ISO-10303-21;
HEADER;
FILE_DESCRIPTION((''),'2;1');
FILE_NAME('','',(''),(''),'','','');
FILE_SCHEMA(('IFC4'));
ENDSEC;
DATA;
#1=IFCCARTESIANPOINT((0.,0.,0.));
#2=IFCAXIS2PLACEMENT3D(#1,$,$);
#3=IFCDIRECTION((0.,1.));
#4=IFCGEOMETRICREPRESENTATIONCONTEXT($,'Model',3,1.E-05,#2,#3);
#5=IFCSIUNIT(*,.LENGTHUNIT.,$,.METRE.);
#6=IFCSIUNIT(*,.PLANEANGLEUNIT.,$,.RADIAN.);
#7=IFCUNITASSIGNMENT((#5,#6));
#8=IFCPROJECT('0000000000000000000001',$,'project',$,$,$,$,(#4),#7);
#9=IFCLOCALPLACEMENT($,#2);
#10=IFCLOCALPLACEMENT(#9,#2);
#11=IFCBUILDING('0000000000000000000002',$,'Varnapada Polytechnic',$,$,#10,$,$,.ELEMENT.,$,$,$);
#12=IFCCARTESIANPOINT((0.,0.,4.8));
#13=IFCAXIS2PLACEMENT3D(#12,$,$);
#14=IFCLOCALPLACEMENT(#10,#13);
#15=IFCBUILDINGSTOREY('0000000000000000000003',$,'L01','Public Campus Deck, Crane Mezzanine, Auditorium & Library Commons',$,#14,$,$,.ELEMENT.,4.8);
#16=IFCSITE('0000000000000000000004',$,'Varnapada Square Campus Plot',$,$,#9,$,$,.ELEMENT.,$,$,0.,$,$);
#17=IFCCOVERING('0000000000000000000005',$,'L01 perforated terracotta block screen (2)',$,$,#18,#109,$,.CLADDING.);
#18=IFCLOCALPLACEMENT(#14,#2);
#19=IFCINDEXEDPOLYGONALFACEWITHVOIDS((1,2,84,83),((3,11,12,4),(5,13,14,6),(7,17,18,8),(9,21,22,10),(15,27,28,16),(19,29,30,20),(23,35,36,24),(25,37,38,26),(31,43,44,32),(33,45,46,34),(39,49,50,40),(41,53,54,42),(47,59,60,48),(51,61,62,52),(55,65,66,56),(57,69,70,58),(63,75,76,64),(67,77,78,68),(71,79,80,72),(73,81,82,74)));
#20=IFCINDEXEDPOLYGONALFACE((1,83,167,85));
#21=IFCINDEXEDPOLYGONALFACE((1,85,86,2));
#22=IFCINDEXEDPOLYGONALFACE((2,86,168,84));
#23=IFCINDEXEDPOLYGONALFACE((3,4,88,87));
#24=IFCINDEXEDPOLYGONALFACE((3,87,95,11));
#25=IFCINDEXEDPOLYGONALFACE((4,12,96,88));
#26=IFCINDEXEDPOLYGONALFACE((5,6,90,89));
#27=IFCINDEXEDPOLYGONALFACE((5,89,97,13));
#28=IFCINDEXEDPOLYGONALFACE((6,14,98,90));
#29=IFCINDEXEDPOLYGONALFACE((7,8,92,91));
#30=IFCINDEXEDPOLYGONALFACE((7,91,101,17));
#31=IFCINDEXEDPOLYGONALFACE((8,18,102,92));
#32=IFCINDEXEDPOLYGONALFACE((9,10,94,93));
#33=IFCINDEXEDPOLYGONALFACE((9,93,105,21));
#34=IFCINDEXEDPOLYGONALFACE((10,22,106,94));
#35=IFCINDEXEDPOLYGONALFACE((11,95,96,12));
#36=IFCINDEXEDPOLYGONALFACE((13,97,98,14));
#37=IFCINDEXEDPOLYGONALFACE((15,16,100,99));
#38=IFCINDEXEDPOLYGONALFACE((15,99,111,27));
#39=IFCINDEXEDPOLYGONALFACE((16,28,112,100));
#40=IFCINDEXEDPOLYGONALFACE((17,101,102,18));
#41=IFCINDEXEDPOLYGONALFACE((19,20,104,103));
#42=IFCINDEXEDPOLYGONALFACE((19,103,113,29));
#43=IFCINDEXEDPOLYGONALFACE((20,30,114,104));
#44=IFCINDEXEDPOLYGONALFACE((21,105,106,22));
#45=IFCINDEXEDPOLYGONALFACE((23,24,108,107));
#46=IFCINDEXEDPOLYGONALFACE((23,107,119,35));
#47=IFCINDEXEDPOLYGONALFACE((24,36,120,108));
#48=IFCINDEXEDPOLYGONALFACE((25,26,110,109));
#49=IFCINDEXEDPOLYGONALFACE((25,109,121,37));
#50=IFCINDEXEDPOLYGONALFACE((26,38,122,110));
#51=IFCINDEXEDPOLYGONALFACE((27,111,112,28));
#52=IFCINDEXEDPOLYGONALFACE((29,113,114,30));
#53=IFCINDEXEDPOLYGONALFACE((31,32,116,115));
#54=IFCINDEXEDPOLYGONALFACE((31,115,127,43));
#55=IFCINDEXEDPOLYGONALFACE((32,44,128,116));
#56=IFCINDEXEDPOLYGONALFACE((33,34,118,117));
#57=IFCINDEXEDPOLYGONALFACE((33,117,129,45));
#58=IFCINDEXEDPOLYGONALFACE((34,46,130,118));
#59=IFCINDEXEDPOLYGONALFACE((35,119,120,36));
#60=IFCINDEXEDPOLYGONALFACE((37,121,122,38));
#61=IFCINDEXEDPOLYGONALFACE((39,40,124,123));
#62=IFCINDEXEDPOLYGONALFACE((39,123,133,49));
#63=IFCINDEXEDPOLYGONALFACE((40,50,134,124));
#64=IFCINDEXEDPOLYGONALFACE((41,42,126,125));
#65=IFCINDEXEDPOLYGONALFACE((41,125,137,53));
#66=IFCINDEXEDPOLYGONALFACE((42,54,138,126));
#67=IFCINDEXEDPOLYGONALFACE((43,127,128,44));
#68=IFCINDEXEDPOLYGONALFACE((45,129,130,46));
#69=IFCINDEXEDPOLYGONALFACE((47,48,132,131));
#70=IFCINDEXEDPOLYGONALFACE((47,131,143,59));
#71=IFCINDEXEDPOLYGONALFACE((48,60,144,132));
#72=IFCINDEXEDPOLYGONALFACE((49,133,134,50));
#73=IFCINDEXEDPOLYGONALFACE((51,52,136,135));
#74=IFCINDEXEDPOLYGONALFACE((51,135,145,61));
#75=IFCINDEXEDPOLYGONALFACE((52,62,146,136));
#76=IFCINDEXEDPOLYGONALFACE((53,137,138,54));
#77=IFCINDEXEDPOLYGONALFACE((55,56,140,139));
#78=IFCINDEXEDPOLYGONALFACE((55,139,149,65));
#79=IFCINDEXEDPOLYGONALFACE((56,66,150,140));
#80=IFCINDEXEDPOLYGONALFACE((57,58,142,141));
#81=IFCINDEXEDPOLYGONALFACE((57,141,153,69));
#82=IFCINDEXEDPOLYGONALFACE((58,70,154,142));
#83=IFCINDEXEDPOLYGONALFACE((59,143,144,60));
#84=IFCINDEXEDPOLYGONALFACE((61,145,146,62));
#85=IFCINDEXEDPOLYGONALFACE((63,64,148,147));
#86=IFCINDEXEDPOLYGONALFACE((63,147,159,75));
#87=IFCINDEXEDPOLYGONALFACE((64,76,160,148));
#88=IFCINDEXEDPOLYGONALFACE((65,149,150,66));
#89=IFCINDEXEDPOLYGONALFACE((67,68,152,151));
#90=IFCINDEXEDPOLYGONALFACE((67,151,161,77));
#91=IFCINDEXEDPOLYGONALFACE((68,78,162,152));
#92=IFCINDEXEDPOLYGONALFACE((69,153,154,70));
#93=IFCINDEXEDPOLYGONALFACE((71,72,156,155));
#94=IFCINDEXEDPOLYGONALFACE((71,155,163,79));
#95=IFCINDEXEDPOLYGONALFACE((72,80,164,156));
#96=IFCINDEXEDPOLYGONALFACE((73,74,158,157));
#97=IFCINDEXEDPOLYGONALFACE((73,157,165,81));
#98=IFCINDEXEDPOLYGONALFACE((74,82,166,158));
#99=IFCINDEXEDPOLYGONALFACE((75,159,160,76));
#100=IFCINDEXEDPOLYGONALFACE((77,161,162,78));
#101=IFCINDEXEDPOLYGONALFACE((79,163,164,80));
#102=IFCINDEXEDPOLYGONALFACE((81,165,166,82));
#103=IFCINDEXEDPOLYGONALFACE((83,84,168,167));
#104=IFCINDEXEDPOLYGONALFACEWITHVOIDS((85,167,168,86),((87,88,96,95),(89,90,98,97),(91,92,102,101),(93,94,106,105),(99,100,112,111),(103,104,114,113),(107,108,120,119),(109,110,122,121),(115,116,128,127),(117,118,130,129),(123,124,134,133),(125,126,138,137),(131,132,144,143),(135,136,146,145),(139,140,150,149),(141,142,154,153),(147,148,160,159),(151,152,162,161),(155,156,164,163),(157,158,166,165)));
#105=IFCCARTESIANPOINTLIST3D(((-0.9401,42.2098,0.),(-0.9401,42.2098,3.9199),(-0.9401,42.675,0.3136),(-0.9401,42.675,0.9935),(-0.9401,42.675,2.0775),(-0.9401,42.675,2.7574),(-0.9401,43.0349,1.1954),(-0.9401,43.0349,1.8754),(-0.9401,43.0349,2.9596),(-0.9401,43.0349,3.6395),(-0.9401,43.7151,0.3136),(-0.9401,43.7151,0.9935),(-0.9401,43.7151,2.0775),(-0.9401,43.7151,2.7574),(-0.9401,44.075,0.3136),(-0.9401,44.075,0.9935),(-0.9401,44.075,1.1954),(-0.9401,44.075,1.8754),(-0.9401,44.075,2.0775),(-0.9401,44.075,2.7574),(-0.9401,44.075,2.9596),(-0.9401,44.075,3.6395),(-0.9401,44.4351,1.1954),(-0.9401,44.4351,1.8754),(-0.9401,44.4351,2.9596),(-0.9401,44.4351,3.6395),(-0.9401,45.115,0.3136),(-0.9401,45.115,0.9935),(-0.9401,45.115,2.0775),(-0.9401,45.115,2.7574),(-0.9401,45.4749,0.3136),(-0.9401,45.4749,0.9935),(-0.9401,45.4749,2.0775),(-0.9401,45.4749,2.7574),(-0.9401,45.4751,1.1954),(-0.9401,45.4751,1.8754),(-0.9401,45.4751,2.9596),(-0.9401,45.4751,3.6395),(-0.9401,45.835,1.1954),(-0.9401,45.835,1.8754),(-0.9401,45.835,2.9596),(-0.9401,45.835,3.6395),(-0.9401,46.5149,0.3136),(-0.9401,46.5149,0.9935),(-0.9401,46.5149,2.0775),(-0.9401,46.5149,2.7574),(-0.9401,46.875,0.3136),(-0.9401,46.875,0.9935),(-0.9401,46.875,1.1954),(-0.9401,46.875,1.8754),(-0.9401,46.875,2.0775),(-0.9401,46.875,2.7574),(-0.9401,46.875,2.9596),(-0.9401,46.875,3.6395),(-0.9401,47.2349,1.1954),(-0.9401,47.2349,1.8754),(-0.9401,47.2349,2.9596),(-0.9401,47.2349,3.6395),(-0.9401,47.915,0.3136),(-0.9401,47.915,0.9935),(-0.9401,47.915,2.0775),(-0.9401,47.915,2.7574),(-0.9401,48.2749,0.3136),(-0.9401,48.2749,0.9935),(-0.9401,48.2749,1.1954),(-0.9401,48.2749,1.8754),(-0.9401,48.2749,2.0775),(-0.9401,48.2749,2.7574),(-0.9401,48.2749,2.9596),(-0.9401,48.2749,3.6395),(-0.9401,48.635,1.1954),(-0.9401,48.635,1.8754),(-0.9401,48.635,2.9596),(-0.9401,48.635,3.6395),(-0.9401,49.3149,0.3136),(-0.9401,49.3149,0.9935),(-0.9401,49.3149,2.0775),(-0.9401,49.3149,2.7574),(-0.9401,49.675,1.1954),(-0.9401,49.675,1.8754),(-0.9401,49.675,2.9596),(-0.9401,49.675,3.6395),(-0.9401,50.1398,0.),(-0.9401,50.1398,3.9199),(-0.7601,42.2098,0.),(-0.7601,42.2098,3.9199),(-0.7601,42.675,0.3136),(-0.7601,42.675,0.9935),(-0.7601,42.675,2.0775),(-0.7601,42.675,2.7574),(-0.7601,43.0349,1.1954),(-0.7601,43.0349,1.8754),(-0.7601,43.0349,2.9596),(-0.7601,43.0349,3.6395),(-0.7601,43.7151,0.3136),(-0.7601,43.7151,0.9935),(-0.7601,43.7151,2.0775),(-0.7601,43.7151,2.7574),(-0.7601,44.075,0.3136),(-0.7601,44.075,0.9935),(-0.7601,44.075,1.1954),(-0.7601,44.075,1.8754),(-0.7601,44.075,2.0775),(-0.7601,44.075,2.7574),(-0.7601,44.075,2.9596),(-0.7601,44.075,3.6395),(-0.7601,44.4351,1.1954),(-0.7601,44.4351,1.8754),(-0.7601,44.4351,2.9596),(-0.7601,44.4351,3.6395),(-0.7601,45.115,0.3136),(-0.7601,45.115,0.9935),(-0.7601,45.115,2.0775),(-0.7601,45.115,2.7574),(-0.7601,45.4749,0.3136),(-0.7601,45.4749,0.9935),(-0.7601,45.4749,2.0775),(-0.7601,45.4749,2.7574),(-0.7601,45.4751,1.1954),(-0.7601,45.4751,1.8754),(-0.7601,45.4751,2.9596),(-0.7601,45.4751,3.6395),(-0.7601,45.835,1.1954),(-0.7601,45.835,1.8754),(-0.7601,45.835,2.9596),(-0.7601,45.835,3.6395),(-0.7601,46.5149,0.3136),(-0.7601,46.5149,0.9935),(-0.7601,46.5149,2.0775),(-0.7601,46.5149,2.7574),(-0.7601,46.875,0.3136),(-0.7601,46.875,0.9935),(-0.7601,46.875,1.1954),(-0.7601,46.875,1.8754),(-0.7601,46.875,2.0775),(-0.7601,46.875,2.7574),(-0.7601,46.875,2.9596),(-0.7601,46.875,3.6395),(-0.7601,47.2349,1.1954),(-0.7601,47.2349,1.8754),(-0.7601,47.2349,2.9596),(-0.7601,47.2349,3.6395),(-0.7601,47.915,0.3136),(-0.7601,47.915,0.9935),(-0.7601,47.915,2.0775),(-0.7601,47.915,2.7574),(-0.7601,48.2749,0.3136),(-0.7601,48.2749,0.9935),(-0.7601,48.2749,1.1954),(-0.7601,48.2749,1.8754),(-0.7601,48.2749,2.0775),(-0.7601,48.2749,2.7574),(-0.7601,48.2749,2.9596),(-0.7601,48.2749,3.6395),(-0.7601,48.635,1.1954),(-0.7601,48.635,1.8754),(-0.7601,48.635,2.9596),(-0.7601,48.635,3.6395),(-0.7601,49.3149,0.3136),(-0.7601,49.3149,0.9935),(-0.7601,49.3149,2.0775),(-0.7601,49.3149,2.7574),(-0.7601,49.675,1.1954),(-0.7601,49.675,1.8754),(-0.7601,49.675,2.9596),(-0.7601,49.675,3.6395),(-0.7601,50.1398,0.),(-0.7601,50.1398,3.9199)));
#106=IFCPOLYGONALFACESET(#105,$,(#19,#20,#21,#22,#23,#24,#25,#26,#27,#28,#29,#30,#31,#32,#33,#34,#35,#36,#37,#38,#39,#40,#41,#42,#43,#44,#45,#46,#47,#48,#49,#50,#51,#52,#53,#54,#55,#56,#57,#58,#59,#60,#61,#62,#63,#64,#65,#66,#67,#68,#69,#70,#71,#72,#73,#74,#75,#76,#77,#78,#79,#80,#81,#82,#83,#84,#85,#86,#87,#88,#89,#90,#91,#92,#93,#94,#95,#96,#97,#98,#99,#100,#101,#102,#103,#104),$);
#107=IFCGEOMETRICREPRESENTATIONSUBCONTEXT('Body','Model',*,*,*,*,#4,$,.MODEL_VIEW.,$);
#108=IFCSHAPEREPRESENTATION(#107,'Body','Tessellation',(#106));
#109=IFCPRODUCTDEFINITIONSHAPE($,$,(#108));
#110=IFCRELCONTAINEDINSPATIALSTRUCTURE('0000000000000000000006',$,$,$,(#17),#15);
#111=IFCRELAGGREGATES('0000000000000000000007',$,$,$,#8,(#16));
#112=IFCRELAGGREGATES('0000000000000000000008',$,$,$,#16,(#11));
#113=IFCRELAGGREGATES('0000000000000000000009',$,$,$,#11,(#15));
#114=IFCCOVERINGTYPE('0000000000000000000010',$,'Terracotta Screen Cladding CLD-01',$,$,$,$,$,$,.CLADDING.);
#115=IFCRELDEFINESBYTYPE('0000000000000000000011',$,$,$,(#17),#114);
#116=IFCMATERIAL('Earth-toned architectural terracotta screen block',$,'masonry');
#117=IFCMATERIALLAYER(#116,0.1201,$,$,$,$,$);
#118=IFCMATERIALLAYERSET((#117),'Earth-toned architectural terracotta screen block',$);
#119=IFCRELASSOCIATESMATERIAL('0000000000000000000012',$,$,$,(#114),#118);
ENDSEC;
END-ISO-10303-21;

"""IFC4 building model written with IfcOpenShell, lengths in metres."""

from ifc_helpers import new_model, si_unit, direction, frame, frame_2d, origin, place, context, subcontext, project, spatial, rectangle, extrude, material, layer, layer_set, type_object, element, save


model = new_model("IFC4")

# Units and contexts
model_context = context("Model", 3, precision=1e-05, world=origin(), true_north=direction((0.0, 1.0)))
body_context = subcontext(model_context, "Body", "Model", "MODEL_VIEW")
ifc_project = project(units=[si_unit("LENGTHUNIT", "METRE"), si_unit("PLANEANGLEUNIT", "RADIAN")], contexts=[model_context])

# Site, building, storey
site_placement = place(None, origin())
site = spatial("IfcSite", under=ifc_project, at=site_placement, Name="Varnapada Square Campus Plot", CompositionType="ELEMENT", RefElevation=0.0)
building_placement = place(site_placement, origin())
building = spatial("IfcBuilding", under=site, at=building_placement, Name="Varnapada Polytechnic", CompositionType="ELEMENT")
storey_placement = place(building_placement, frame((0.0, 0.0, 4.8)))
storey = spatial("IfcBuildingStorey", under=building, at=storey_placement, Name="L01", Description="Public Campus Deck, Crane Mezzanine, Auditorium & Library Commons", CompositionType="ELEMENT", Elevation=4.8)

# Covering, openings
ifc_material_1 = material(Name="Earth-toned architectural terracotta screen block", Category="masonry")
ifc_layer_1 = layer(ifc_material_1, 0.1201)
ifc_layer_set_1 = layer_set([ifc_layer_1], Name="Earth-toned architectural terracotta screen block")
covering_type = type_object("IfcCoveringType", Name="Terracotta Screen Cladding CLD-01", PredefinedType="CLADDING", material=ifc_layer_set_1)
covering_placement = place(storey_placement, frame((-0.8501, 42.21, 0.0), z_axis=(0.0, 0.0, 1.0), x_axis=(0.0, 1.0, 0.0)))
covering = element("IfcCovering", 1, at=covering_placement, inside=storey, type_object=covering_type, Name="L01 perforated terracotta block screen (2)", PredefinedType="CLADDING", context=body_context, shape_type="SweptSolid", body=[
    extrude(rectangle(XDim=7.9299, YDim=0.1799, at=frame_2d((3.9648, 0.0))), origin(), (0.0, 0.0, 1.0), 3.9199),
])
opening_1_placement = place(covering_placement, frame((0.4651, 0.0, 0.3137)))
element("IfcOpeningElement", 2, at=opening_1_placement, cuts=covering, PredefinedType="OPENING", context=body_context, shape_type="SweptSolid", body=[
    extrude(rectangle(XDim=1.04, YDim=0.6799, at=frame_2d((0.52, 0.3398))), frame((0.0, 0.0999, 0.0), z_axis=(0.0, -1.0, 0.0), x_axis=(1.0, 0.0, 0.0)), (0.0, 0.0, 1.0), 0.2),
])
opening_2_placement = place(covering_placement, frame((1.865, 0.0, 0.3137)))
element("IfcOpeningElement", 3, at=opening_2_placement, cuts=covering, PredefinedType="OPENING", context=body_context, shape_type="SweptSolid", body=[
    extrude(rectangle(XDim=1.04, YDim=0.6799, at=frame_2d((0.52, 0.3398))), frame((0.0, 0.0999, 0.0), z_axis=(0.0, -1.0, 0.0), x_axis=(1.0, 0.0, 0.0)), (0.0, 0.0, 1.0), 0.2),
])
opening_3_placement = place(covering_placement, frame((3.2649, 0.0, 0.3137)))
element("IfcOpeningElement", 4, at=opening_3_placement, cuts=covering, PredefinedType="OPENING", context=body_context, shape_type="SweptSolid", body=[
    extrude(rectangle(XDim=1.04, YDim=0.6799, at=frame_2d((0.52, 0.3398))), frame((0.0, 0.0999, 0.0), z_axis=(0.0, -1.0, 0.0), x_axis=(1.0, 0.0, 0.0)), (0.0, 0.0, 1.0), 0.2),
])
opening_4_placement = place(covering_placement, frame((4.665, 0.0, 0.3137)))
element("IfcOpeningElement", 5, at=opening_4_placement, cuts=covering, PredefinedType="OPENING", context=body_context, shape_type="SweptSolid", body=[
    extrude(rectangle(XDim=1.04, YDim=0.6799, at=frame_2d((0.52, 0.3398))), frame((0.0, 0.0999, 0.0), z_axis=(0.0, -1.0, 0.0), x_axis=(1.0, 0.0, 0.0)), (0.0, 0.0, 1.0), 0.2),
])
opening_5_placement = place(covering_placement, frame((6.0649, 0.0, 0.3137)))
element("IfcOpeningElement", 6, at=opening_5_placement, cuts=covering, PredefinedType="OPENING", context=body_context, shape_type="SweptSolid", body=[
    extrude(rectangle(XDim=1.04, YDim=0.6799, at=frame_2d((0.52, 0.3398))), frame((0.0, 0.0999, 0.0), z_axis=(0.0, -1.0, 0.0), x_axis=(1.0, 0.0, 0.0)), (0.0, 0.0, 1.0), 0.2),
])
opening_6_placement = place(covering_placement, frame((0.825, 0.0, 1.1956)))
element("IfcOpeningElement", 7, at=opening_6_placement, cuts=covering, PredefinedType="OPENING", context=body_context, shape_type="SweptSolid", body=[
    extrude(rectangle(XDim=1.04, YDim=0.6799, at=frame_2d((0.52, 0.3398))), frame((0.0, 0.0999, 0.0), z_axis=(0.0, -1.0, 0.0), x_axis=(1.0, 0.0, 0.0)), (0.0, 0.0, 1.0), 0.2),
])
opening_7_placement = place(covering_placement, frame((2.2251, 0.0, 1.1956)))
element("IfcOpeningElement", 8, at=opening_7_placement, cuts=covering, PredefinedType="OPENING", context=body_context, shape_type="SweptSolid", body=[
    extrude(rectangle(XDim=1.04, YDim=0.6799, at=frame_2d((0.52, 0.3398))), frame((0.0, 0.0999, 0.0), z_axis=(0.0, -1.0, 0.0), x_axis=(1.0, 0.0, 0.0)), (0.0, 0.0, 1.0), 0.2),
])
opening_8_placement = place(covering_placement, frame((3.625, 0.0, 1.1956)))
element("IfcOpeningElement", 9, at=opening_8_placement, cuts=covering, PredefinedType="OPENING", context=body_context, shape_type="SweptSolid", body=[
    extrude(rectangle(XDim=1.04, YDim=0.6799, at=frame_2d((0.52, 0.3398))), frame((0.0, 0.0999, 0.0), z_axis=(0.0, -1.0, 0.0), x_axis=(1.0, 0.0, 0.0)), (0.0, 0.0, 1.0), 0.2),
])
opening_9_placement = place(covering_placement, frame((5.0249, 0.0, 1.1956)))
element("IfcOpeningElement", 10, at=opening_9_placement, cuts=covering, PredefinedType="OPENING", context=body_context, shape_type="SweptSolid", body=[
    extrude(rectangle(XDim=1.04, YDim=0.6799, at=frame_2d((0.52, 0.3398))), frame((0.0, 0.0999, 0.0), z_axis=(0.0, -1.0, 0.0), x_axis=(1.0, 0.0, 0.0)), (0.0, 0.0, 1.0), 0.2),
])
opening_10_placement = place(covering_placement, frame((6.425, 0.0, 1.1956)))
element("IfcOpeningElement", 11, at=opening_10_placement, cuts=covering, PredefinedType="OPENING", context=body_context, shape_type="SweptSolid", body=[
    extrude(rectangle(XDim=1.04, YDim=0.6799, at=frame_2d((0.52, 0.3398))), frame((0.0, 0.0999, 0.0), z_axis=(0.0, -1.0, 0.0), x_axis=(1.0, 0.0, 0.0)), (0.0, 0.0, 1.0), 0.2),
])
opening_11_placement = place(covering_placement, frame((0.4651, 0.0, 2.0776)))
element("IfcOpeningElement", 12, at=opening_11_placement, cuts=covering, PredefinedType="OPENING", context=body_context, shape_type="SweptSolid", body=[
    extrude(rectangle(XDim=1.04, YDim=0.6799, at=frame_2d((0.52, 0.3398))), frame((0.0, 0.0999, 0.0), z_axis=(0.0, -1.0, 0.0), x_axis=(1.0, 0.0, 0.0)), (0.0, 0.0, 1.0), 0.2),
])
opening_12_placement = place(covering_placement, frame((1.865, 0.0, 2.0776)))
element("IfcOpeningElement", 13, at=opening_12_placement, cuts=covering, PredefinedType="OPENING", context=body_context, shape_type="SweptSolid", body=[
    extrude(rectangle(XDim=1.04, YDim=0.6799, at=frame_2d((0.52, 0.3398))), frame((0.0, 0.0999, 0.0), z_axis=(0.0, -1.0, 0.0), x_axis=(1.0, 0.0, 0.0)), (0.0, 0.0, 1.0), 0.2),
])
opening_13_placement = place(covering_placement, frame((3.2649, 0.0, 2.0776)))
element("IfcOpeningElement", 14, at=opening_13_placement, cuts=covering, PredefinedType="OPENING", context=body_context, shape_type="SweptSolid", body=[
    extrude(rectangle(XDim=1.04, YDim=0.6799, at=frame_2d((0.52, 0.3398))), frame((0.0, 0.0999, 0.0), z_axis=(0.0, -1.0, 0.0), x_axis=(1.0, 0.0, 0.0)), (0.0, 0.0, 1.0), 0.2),
])
opening_14_placement = place(covering_placement, frame((4.665, 0.0, 2.0776)))
element("IfcOpeningElement", 15, at=opening_14_placement, cuts=covering, PredefinedType="OPENING", context=body_context, shape_type="SweptSolid", body=[
    extrude(rectangle(XDim=1.04, YDim=0.6799, at=frame_2d((0.52, 0.3398))), frame((0.0, 0.0999, 0.0), z_axis=(0.0, -1.0, 0.0), x_axis=(1.0, 0.0, 0.0)), (0.0, 0.0, 1.0), 0.2),
])
opening_15_placement = place(covering_placement, frame((6.0649, 0.0, 2.0776)))
element("IfcOpeningElement", 16, at=opening_15_placement, cuts=covering, PredefinedType="OPENING", context=body_context, shape_type="SweptSolid", body=[
    extrude(rectangle(XDim=1.04, YDim=0.6799, at=frame_2d((0.52, 0.3398))), frame((0.0, 0.0999, 0.0), z_axis=(0.0, -1.0, 0.0), x_axis=(1.0, 0.0, 0.0)), (0.0, 0.0, 1.0), 0.2),
])
opening_16_placement = place(covering_placement, frame((0.825, 0.0, 2.9597)))
element("IfcOpeningElement", 17, at=opening_16_placement, cuts=covering, PredefinedType="OPENING", context=body_context, shape_type="SweptSolid", body=[
    extrude(rectangle(XDim=1.04, YDim=0.6799, at=frame_2d((0.52, 0.3398))), frame((0.0, 0.0999, 0.0), z_axis=(0.0, -1.0, 0.0), x_axis=(1.0, 0.0, 0.0)), (0.0, 0.0, 1.0), 0.2),
])
opening_17_placement = place(covering_placement, frame((2.2251, 0.0, 2.9597)))
element("IfcOpeningElement", 18, at=opening_17_placement, cuts=covering, PredefinedType="OPENING", context=body_context, shape_type="SweptSolid", body=[
    extrude(rectangle(XDim=1.04, YDim=0.6799, at=frame_2d((0.52, 0.3398))), frame((0.0, 0.0999, 0.0), z_axis=(0.0, -1.0, 0.0), x_axis=(1.0, 0.0, 0.0)), (0.0, 0.0, 1.0), 0.2),
])
opening_18_placement = place(covering_placement, frame((3.625, 0.0, 2.9597)))
element("IfcOpeningElement", 19, at=opening_18_placement, cuts=covering, PredefinedType="OPENING", context=body_context, shape_type="SweptSolid", body=[
    extrude(rectangle(XDim=1.04, YDim=0.6799, at=frame_2d((0.52, 0.3398))), frame((0.0, 0.0999, 0.0), z_axis=(0.0, -1.0, 0.0), x_axis=(1.0, 0.0, 0.0)), (0.0, 0.0, 1.0), 0.2),
])
opening_19_placement = place(covering_placement, frame((5.0249, 0.0, 2.9597)))
element("IfcOpeningElement", 20, at=opening_19_placement, cuts=covering, PredefinedType="OPENING", context=body_context, shape_type="SweptSolid", body=[
    extrude(rectangle(XDim=1.04, YDim=0.6799, at=frame_2d((0.52, 0.3398))), frame((0.0, 0.0999, 0.0), z_axis=(0.0, -1.0, 0.0), x_axis=(1.0, 0.0, 0.0)), (0.0, 0.0, 1.0), 0.2),
])
opening_20_placement = place(covering_placement, frame((6.425, 0.0, 2.9597)))
element("IfcOpeningElement", 21, at=opening_20_placement, cuts=covering, PredefinedType="OPENING", context=body_context, shape_type="SweptSolid", body=[
    extrude(rectangle(XDim=1.04, YDim=0.6799, at=frame_2d((0.52, 0.3398))), frame((0.0, 0.0999, 0.0), z_axis=(0.0, -1.0, 0.0), x_axis=(1.0, 0.0, 0.0)), (0.0, 0.0, 1.0), 0.2),
])

save(model, "model.ifc")
